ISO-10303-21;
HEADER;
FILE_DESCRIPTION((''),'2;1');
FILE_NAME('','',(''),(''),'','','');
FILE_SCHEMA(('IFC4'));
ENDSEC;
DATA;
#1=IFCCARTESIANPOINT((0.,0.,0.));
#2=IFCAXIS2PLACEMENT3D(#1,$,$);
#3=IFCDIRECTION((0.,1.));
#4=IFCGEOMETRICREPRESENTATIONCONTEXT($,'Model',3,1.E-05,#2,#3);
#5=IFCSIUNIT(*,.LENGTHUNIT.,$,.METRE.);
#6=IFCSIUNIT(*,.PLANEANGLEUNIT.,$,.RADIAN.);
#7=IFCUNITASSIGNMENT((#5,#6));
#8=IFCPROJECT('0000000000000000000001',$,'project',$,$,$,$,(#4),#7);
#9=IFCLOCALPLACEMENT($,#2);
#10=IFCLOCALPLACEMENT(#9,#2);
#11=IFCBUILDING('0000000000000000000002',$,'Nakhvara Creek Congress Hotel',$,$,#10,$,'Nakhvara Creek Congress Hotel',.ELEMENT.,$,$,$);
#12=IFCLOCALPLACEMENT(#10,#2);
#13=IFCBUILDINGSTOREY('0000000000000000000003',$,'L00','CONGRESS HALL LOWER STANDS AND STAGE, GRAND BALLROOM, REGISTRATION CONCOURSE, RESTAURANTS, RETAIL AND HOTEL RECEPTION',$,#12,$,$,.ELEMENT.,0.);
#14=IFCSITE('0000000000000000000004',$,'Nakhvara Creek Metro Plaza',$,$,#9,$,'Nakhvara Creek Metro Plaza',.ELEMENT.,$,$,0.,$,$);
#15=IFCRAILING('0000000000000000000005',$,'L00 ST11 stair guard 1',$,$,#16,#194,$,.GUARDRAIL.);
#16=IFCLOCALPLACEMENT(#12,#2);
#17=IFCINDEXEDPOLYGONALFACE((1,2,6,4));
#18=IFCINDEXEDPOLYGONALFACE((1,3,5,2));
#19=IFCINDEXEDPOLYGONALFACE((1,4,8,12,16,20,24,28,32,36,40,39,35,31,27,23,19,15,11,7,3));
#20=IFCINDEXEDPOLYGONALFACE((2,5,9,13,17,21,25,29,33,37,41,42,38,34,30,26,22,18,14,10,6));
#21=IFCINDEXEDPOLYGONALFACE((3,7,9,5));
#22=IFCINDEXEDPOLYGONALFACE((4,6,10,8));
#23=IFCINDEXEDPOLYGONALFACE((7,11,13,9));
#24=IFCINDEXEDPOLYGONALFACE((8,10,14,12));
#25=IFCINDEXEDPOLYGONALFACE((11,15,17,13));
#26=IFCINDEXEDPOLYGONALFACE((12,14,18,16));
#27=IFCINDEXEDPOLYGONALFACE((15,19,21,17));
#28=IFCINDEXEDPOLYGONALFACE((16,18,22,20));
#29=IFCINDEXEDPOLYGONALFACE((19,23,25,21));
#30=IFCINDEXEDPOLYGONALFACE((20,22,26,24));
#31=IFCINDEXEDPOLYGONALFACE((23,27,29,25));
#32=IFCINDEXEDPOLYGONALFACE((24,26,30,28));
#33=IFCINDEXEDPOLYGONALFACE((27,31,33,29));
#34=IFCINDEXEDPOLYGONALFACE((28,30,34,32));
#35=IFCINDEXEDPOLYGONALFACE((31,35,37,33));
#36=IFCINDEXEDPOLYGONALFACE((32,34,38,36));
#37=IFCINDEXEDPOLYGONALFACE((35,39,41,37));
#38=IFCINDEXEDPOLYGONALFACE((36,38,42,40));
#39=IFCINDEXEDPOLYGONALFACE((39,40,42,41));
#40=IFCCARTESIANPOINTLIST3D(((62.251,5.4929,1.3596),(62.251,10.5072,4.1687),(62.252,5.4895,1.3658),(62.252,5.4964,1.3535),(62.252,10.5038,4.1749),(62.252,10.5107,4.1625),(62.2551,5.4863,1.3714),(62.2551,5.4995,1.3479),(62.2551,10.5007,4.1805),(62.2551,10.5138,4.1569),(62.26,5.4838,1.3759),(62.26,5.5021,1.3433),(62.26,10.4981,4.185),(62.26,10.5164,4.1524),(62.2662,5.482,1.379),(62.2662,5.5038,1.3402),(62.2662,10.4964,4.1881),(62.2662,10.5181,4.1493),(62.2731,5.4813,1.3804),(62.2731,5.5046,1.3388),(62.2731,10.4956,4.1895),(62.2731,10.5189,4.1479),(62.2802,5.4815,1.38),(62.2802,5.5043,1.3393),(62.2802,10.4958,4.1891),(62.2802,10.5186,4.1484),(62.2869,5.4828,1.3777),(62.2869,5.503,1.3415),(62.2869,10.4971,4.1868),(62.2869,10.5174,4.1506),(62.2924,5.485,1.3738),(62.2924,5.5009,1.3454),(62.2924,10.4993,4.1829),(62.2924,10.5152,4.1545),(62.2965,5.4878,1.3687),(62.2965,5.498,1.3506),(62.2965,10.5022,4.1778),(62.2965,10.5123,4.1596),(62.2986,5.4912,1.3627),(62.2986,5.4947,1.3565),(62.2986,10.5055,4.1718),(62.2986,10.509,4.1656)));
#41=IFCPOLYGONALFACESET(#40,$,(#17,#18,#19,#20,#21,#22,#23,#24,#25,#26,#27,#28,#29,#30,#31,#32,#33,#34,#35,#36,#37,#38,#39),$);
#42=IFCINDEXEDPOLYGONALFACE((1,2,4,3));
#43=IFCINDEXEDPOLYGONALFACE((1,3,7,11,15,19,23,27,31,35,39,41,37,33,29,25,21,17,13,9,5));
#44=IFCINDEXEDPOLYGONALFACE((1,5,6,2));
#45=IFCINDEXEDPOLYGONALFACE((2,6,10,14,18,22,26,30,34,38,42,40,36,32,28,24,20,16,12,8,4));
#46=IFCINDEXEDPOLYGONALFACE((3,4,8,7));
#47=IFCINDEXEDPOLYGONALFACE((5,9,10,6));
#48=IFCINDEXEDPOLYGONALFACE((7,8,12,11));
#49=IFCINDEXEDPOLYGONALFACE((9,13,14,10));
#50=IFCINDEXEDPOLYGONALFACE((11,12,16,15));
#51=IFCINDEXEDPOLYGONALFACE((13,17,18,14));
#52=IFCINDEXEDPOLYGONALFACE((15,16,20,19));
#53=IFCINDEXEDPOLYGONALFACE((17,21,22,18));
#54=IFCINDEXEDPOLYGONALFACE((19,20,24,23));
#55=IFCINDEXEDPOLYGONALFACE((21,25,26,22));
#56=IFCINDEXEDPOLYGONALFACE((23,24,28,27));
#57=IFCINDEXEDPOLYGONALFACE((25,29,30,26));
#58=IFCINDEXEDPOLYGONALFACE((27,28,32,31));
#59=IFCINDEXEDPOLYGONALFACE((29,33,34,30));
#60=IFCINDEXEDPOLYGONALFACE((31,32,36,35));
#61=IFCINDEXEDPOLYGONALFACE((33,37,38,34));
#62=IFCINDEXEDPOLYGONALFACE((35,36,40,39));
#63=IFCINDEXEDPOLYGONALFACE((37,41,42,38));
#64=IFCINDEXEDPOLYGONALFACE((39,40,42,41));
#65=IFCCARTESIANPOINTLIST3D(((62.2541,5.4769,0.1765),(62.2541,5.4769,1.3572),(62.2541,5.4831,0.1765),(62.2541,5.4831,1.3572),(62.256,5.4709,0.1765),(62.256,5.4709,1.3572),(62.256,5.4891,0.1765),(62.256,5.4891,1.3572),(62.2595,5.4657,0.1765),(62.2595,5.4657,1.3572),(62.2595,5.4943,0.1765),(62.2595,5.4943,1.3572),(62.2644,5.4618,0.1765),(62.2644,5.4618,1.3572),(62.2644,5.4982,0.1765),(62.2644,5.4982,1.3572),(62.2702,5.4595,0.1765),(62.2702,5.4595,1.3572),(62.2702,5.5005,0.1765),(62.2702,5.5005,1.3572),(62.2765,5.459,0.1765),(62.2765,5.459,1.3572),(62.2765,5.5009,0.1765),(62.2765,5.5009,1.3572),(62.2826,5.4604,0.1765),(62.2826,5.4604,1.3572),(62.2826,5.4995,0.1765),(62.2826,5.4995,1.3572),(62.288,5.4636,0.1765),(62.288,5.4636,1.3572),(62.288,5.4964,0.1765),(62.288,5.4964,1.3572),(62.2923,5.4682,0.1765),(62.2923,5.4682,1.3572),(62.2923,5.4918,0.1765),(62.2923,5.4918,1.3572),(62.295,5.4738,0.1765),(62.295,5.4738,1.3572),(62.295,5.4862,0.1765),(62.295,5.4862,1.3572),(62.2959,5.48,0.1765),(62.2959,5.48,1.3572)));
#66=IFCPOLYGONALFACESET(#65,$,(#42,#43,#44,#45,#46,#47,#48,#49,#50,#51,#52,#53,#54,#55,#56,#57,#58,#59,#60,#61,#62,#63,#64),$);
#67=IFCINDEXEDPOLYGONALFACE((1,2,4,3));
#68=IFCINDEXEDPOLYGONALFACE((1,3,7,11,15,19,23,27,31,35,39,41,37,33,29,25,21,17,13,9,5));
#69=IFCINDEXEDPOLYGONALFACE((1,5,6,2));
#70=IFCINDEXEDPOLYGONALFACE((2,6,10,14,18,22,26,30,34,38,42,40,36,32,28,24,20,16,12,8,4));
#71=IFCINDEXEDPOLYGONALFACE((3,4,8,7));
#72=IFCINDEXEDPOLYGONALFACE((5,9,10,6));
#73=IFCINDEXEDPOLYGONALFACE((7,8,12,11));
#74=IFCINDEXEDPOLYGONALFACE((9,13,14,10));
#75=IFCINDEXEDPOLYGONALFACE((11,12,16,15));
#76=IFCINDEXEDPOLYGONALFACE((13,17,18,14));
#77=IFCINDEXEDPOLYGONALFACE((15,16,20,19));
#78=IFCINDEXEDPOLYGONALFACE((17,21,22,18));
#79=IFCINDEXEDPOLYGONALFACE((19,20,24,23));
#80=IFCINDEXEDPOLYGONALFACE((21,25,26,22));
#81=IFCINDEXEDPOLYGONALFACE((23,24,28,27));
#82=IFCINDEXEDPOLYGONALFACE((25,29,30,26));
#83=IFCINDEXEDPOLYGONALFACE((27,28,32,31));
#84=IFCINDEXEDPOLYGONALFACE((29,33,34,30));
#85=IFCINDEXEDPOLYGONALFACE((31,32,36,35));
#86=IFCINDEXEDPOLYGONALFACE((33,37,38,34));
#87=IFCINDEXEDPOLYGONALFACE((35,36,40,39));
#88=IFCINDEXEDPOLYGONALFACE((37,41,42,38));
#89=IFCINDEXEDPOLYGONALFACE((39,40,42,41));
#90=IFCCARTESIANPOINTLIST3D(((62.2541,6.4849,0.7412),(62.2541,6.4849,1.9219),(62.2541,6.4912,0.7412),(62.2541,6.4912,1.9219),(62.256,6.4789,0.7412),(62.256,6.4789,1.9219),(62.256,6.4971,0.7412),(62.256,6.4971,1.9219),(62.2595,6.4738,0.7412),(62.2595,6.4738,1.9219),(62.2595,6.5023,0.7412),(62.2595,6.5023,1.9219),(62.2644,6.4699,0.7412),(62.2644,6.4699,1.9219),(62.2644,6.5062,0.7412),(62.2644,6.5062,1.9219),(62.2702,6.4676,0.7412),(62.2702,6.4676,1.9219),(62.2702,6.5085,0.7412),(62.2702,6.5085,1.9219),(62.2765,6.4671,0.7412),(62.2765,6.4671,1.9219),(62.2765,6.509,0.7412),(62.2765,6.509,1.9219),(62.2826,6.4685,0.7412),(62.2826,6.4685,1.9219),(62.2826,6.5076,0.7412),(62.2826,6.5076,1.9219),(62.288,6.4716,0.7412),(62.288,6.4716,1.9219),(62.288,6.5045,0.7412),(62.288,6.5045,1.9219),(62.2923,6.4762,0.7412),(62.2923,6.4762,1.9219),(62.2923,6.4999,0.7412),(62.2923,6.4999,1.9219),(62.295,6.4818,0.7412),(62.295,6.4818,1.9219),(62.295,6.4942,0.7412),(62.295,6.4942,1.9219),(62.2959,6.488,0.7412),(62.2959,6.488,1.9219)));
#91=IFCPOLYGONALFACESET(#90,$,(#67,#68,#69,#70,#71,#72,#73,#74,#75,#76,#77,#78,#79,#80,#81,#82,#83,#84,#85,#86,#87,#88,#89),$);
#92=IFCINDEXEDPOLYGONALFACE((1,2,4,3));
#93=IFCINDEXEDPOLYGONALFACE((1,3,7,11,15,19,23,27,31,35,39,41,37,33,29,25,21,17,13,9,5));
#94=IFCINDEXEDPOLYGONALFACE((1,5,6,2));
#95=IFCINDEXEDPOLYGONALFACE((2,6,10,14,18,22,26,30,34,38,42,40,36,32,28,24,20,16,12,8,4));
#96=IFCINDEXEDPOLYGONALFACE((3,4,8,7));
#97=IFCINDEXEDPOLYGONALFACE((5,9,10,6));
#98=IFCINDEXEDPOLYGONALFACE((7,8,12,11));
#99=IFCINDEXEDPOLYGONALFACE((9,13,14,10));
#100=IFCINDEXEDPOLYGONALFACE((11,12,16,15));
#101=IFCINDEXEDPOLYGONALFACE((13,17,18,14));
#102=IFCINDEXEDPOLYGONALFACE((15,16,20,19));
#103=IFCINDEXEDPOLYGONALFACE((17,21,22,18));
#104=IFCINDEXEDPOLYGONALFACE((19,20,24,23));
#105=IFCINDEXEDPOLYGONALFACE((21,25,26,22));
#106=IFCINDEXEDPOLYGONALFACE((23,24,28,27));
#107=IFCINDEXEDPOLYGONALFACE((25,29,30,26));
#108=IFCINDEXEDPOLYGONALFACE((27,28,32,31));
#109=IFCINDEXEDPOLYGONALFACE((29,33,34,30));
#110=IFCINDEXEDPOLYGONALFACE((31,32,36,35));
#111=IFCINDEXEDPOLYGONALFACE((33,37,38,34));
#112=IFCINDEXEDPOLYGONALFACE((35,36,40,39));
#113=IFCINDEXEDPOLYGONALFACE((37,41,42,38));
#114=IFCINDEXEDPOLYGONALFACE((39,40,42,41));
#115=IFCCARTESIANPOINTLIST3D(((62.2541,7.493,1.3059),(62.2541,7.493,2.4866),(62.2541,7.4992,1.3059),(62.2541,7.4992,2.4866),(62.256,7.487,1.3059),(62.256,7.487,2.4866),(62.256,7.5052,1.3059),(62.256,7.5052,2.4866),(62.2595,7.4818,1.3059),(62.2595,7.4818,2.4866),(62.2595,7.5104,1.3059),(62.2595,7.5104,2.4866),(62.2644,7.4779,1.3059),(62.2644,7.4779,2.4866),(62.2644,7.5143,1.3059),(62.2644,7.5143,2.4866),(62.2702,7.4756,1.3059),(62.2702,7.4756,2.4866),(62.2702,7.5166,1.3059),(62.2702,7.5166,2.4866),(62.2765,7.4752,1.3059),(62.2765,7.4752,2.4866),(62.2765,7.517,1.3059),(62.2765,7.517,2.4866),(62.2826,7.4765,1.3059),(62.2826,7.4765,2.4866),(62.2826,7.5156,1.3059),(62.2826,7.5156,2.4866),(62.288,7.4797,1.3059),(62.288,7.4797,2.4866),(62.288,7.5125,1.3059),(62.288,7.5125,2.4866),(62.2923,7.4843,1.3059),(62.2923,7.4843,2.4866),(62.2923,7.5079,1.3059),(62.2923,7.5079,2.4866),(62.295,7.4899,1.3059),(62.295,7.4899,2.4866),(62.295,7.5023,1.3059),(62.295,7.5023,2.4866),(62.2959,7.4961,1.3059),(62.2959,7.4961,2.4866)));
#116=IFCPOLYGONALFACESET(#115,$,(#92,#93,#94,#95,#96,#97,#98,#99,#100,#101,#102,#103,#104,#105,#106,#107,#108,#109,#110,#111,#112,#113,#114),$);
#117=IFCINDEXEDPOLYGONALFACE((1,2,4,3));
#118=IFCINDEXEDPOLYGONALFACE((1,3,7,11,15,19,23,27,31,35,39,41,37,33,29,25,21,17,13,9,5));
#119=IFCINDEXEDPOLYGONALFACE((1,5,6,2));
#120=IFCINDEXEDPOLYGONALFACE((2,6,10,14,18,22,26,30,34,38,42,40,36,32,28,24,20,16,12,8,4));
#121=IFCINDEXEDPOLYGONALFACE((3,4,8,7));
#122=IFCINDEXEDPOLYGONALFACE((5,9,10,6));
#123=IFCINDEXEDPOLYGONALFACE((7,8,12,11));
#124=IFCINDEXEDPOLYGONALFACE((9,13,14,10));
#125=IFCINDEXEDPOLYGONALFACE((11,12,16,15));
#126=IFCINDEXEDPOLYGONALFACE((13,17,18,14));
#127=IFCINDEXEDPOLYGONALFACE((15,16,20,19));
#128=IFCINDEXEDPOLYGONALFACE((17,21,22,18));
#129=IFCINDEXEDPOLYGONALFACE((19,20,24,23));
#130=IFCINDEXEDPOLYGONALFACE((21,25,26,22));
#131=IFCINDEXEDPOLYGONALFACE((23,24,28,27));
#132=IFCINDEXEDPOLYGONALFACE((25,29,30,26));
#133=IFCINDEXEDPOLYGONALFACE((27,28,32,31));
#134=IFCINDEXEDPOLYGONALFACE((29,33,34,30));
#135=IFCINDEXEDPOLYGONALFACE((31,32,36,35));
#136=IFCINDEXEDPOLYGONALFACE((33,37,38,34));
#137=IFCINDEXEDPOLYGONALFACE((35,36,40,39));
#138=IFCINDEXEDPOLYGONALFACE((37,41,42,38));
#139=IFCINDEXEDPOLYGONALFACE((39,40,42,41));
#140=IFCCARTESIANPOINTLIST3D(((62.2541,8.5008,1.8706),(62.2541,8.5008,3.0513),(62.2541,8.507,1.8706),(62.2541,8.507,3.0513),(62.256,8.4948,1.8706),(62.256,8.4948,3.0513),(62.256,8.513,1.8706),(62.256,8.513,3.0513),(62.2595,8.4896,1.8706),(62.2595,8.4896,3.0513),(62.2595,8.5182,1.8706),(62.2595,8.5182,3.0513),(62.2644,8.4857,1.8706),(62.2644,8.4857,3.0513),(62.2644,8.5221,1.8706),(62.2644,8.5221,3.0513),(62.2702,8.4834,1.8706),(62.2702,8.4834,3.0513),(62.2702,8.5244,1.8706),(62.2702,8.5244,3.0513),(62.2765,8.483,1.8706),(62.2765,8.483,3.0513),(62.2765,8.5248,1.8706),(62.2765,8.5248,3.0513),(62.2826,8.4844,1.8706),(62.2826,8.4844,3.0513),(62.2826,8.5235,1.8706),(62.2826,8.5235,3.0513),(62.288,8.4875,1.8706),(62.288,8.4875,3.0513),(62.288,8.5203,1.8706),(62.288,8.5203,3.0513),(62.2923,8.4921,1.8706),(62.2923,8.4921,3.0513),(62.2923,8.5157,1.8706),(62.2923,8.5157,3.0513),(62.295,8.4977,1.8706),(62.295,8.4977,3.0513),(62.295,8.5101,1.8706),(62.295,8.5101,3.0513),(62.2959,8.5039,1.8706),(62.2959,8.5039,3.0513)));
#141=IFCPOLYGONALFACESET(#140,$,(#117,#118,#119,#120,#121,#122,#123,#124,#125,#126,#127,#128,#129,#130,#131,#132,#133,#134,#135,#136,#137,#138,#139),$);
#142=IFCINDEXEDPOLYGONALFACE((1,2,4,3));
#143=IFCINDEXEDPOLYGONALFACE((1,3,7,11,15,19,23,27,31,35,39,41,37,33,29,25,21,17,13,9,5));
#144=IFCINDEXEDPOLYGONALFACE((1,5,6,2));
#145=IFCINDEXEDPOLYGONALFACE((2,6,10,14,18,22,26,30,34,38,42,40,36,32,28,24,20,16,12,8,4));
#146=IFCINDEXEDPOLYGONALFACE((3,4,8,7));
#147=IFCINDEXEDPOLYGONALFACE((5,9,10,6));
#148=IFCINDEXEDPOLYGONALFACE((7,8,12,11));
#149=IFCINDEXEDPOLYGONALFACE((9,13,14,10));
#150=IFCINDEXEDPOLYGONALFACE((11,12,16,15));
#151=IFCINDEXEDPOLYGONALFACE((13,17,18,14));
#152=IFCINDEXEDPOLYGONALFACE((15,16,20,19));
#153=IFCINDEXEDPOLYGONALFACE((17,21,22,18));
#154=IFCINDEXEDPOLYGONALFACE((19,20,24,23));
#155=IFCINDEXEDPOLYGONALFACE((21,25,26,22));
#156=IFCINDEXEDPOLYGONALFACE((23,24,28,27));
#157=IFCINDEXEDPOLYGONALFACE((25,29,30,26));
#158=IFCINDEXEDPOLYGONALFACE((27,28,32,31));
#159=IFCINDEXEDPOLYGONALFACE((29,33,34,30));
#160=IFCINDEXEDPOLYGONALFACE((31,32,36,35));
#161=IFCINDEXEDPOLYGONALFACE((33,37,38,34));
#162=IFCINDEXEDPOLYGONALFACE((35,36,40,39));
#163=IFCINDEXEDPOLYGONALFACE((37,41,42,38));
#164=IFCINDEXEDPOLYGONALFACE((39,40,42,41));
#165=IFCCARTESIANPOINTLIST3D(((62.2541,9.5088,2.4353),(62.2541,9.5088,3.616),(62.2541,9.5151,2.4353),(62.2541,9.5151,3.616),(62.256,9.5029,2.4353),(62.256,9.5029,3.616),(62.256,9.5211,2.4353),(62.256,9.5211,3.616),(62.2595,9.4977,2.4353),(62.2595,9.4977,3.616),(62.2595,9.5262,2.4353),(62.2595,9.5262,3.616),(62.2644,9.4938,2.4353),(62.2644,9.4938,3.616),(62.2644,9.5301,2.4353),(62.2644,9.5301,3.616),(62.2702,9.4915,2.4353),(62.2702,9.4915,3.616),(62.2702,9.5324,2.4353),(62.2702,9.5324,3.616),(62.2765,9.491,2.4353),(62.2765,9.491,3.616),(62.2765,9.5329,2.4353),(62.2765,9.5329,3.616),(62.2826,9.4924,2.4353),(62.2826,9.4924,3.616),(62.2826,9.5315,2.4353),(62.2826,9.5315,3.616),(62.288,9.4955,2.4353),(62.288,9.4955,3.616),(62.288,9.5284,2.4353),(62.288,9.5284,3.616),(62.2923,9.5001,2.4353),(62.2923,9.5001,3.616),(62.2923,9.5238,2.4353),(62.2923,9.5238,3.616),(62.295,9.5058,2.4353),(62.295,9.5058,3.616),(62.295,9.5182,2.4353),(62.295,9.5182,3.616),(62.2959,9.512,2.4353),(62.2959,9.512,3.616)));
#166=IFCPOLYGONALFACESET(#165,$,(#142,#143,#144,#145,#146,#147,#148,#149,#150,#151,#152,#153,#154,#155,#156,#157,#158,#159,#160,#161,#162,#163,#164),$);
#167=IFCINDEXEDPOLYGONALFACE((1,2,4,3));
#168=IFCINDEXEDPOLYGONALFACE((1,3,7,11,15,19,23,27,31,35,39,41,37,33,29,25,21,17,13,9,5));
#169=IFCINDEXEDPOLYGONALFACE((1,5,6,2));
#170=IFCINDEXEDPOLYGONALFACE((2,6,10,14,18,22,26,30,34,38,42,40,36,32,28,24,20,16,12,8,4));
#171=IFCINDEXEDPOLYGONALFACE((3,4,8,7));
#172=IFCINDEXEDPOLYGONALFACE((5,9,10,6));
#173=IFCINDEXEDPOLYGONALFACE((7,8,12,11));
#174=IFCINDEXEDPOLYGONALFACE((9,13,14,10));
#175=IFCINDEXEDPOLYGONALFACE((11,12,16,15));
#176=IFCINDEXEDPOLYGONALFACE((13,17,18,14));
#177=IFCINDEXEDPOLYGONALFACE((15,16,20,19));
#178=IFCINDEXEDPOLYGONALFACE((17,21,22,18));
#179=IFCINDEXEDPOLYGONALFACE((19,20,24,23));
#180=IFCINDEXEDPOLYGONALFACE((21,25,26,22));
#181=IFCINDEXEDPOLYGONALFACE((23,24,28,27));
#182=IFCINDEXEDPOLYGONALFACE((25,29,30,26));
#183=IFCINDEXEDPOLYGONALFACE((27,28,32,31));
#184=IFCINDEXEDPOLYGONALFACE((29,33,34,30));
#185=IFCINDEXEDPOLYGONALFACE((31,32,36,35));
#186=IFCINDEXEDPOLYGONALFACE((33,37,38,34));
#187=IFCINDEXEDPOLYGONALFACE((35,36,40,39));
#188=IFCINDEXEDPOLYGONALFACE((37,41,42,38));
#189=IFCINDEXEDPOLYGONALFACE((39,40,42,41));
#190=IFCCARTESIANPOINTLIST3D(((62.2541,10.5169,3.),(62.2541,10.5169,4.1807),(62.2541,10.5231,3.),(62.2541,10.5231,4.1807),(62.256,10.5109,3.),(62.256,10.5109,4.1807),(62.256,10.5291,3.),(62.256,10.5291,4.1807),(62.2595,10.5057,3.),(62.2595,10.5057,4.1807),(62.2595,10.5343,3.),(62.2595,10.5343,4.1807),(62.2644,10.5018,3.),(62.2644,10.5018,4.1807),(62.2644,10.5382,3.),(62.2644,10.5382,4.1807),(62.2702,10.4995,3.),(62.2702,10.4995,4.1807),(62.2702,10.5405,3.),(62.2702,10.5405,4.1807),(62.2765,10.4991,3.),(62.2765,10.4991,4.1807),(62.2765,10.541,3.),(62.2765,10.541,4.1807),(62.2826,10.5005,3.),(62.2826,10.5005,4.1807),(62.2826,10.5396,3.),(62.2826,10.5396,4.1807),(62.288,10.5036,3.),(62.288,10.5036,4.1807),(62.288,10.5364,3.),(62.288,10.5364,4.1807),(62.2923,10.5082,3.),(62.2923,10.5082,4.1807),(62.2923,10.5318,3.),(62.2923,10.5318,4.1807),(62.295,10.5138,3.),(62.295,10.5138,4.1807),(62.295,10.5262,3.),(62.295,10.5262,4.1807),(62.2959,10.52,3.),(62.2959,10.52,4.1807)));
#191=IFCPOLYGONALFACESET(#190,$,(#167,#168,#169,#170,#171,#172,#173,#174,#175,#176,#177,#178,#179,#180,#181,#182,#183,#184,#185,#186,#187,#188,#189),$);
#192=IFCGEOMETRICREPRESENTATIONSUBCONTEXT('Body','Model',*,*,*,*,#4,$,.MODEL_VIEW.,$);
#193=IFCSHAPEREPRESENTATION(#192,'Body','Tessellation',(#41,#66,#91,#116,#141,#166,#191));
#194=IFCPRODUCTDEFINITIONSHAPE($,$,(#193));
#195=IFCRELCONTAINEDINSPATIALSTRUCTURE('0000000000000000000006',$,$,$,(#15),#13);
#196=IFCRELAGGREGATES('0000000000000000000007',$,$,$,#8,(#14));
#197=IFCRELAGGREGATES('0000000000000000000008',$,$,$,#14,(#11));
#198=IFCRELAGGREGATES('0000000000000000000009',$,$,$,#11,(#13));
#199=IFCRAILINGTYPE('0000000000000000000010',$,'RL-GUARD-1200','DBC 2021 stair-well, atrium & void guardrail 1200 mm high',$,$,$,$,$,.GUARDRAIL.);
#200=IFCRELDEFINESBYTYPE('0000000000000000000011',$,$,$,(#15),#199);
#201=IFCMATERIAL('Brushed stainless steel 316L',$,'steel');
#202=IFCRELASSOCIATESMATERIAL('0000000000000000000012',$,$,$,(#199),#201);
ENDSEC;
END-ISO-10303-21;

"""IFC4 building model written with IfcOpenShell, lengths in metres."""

from ifc_helpers import new_model, si_unit, direction, frame, origin, origin_2d, place, context, subcontext, project, spatial, circle, extrude, material, type_object, element, save


model = new_model("IFC4")

# Units and contexts
model_context = context("Model", 3, precision=1e-05, world=origin(), true_north=direction((0.0, 1.0)))
body_context = subcontext(model_context, "Body", "Model", "MODEL_VIEW")
ifc_project = project(units=[si_unit("LENGTHUNIT", "METRE"), si_unit("PLANEANGLEUNIT", "RADIAN")], contexts=[model_context])

# Site, building, storey
site_placement = place(None, origin())
site = spatial("IfcSite", under=ifc_project, at=site_placement, Name="Nakhvara Creek Metro Plaza", LongName="Nakhvara Creek Metro Plaza", CompositionType="ELEMENT", RefElevation=0.0)
building_placement = place(site_placement, origin())
building = spatial("IfcBuilding", under=site, at=building_placement, Name="Nakhvara Creek Congress Hotel", LongName="Nakhvara Creek Congress Hotel", CompositionType="ELEMENT")
storey_placement = place(building_placement, origin())
storey = spatial("IfcBuildingStorey", under=building, at=storey_placement, Name="L00", Description="CONGRESS HALL LOWER STANDS AND STAGE, GRAND BALLROOM, REGISTRATION CONCOURSE, RESTAURANTS, RETAIL AND HOTEL RECEPTION", CompositionType="ELEMENT", Elevation=0.0)

# Railing
ifc_material_1 = material(Name="Brushed stainless steel 316L", Category="steel")
railing_type_1 = type_object("IfcRailingType", Name="RL-GUARD-1200", Description="DBC 2021 stair-well, atrium & void guardrail 1200 mm high", PredefinedType="GUARDRAIL", material=ifc_material_1)
railing_1_placement = place(storey_placement, frame((62.2749, 5.48, 0.1765)))
element("IfcRailing", 1, at=railing_1_placement, inside=storey, type_object=railing_type_1, Name="L00 ST11 stair guard 1", PredefinedType="GUARDRAIL", context=body_context, shape_type="SweptSolid", body=[
    extrude(circle(Radius=0.0239, at=origin_2d()), frame((0.0, 0.0129, 1.1831), z_axis=(0.0, 0.872427, 0.488744), x_axis=(-1.0, 0.0, 0.0)), (0.0, 0.0, 1.0), 5.7476),
    extrude(circle(Radius=0.021, at=origin_2d()), origin(), (0.0, 0.0, 1.0), 1.1807),
    extrude(circle(Radius=0.021, at=origin_2d()), frame((0.0, 1.0081, 0.5647)), (0.0, 0.0, 1.0), 1.1807),
    extrude(circle(Radius=0.021, at=origin_2d()), frame((0.0, 2.0161, 1.1294)), (0.0, 0.0, 1.0), 1.1807),
    extrude(circle(Radius=0.021, at=origin_2d()), frame((0.0, 3.0239, 1.6941)), (0.0, 0.0, 1.0), 1.1807),
    extrude(circle(Radius=0.021, at=origin_2d()), frame((0.0, 4.032, 2.2588)), (0.0, 0.0, 1.0), 1.1807),
    extrude(circle(Radius=0.021, at=origin_2d()), frame((0.0, 5.04, 2.8235)), (0.0, 0.0, 1.0), 1.1807),
])

save(model, "model.ifc")
